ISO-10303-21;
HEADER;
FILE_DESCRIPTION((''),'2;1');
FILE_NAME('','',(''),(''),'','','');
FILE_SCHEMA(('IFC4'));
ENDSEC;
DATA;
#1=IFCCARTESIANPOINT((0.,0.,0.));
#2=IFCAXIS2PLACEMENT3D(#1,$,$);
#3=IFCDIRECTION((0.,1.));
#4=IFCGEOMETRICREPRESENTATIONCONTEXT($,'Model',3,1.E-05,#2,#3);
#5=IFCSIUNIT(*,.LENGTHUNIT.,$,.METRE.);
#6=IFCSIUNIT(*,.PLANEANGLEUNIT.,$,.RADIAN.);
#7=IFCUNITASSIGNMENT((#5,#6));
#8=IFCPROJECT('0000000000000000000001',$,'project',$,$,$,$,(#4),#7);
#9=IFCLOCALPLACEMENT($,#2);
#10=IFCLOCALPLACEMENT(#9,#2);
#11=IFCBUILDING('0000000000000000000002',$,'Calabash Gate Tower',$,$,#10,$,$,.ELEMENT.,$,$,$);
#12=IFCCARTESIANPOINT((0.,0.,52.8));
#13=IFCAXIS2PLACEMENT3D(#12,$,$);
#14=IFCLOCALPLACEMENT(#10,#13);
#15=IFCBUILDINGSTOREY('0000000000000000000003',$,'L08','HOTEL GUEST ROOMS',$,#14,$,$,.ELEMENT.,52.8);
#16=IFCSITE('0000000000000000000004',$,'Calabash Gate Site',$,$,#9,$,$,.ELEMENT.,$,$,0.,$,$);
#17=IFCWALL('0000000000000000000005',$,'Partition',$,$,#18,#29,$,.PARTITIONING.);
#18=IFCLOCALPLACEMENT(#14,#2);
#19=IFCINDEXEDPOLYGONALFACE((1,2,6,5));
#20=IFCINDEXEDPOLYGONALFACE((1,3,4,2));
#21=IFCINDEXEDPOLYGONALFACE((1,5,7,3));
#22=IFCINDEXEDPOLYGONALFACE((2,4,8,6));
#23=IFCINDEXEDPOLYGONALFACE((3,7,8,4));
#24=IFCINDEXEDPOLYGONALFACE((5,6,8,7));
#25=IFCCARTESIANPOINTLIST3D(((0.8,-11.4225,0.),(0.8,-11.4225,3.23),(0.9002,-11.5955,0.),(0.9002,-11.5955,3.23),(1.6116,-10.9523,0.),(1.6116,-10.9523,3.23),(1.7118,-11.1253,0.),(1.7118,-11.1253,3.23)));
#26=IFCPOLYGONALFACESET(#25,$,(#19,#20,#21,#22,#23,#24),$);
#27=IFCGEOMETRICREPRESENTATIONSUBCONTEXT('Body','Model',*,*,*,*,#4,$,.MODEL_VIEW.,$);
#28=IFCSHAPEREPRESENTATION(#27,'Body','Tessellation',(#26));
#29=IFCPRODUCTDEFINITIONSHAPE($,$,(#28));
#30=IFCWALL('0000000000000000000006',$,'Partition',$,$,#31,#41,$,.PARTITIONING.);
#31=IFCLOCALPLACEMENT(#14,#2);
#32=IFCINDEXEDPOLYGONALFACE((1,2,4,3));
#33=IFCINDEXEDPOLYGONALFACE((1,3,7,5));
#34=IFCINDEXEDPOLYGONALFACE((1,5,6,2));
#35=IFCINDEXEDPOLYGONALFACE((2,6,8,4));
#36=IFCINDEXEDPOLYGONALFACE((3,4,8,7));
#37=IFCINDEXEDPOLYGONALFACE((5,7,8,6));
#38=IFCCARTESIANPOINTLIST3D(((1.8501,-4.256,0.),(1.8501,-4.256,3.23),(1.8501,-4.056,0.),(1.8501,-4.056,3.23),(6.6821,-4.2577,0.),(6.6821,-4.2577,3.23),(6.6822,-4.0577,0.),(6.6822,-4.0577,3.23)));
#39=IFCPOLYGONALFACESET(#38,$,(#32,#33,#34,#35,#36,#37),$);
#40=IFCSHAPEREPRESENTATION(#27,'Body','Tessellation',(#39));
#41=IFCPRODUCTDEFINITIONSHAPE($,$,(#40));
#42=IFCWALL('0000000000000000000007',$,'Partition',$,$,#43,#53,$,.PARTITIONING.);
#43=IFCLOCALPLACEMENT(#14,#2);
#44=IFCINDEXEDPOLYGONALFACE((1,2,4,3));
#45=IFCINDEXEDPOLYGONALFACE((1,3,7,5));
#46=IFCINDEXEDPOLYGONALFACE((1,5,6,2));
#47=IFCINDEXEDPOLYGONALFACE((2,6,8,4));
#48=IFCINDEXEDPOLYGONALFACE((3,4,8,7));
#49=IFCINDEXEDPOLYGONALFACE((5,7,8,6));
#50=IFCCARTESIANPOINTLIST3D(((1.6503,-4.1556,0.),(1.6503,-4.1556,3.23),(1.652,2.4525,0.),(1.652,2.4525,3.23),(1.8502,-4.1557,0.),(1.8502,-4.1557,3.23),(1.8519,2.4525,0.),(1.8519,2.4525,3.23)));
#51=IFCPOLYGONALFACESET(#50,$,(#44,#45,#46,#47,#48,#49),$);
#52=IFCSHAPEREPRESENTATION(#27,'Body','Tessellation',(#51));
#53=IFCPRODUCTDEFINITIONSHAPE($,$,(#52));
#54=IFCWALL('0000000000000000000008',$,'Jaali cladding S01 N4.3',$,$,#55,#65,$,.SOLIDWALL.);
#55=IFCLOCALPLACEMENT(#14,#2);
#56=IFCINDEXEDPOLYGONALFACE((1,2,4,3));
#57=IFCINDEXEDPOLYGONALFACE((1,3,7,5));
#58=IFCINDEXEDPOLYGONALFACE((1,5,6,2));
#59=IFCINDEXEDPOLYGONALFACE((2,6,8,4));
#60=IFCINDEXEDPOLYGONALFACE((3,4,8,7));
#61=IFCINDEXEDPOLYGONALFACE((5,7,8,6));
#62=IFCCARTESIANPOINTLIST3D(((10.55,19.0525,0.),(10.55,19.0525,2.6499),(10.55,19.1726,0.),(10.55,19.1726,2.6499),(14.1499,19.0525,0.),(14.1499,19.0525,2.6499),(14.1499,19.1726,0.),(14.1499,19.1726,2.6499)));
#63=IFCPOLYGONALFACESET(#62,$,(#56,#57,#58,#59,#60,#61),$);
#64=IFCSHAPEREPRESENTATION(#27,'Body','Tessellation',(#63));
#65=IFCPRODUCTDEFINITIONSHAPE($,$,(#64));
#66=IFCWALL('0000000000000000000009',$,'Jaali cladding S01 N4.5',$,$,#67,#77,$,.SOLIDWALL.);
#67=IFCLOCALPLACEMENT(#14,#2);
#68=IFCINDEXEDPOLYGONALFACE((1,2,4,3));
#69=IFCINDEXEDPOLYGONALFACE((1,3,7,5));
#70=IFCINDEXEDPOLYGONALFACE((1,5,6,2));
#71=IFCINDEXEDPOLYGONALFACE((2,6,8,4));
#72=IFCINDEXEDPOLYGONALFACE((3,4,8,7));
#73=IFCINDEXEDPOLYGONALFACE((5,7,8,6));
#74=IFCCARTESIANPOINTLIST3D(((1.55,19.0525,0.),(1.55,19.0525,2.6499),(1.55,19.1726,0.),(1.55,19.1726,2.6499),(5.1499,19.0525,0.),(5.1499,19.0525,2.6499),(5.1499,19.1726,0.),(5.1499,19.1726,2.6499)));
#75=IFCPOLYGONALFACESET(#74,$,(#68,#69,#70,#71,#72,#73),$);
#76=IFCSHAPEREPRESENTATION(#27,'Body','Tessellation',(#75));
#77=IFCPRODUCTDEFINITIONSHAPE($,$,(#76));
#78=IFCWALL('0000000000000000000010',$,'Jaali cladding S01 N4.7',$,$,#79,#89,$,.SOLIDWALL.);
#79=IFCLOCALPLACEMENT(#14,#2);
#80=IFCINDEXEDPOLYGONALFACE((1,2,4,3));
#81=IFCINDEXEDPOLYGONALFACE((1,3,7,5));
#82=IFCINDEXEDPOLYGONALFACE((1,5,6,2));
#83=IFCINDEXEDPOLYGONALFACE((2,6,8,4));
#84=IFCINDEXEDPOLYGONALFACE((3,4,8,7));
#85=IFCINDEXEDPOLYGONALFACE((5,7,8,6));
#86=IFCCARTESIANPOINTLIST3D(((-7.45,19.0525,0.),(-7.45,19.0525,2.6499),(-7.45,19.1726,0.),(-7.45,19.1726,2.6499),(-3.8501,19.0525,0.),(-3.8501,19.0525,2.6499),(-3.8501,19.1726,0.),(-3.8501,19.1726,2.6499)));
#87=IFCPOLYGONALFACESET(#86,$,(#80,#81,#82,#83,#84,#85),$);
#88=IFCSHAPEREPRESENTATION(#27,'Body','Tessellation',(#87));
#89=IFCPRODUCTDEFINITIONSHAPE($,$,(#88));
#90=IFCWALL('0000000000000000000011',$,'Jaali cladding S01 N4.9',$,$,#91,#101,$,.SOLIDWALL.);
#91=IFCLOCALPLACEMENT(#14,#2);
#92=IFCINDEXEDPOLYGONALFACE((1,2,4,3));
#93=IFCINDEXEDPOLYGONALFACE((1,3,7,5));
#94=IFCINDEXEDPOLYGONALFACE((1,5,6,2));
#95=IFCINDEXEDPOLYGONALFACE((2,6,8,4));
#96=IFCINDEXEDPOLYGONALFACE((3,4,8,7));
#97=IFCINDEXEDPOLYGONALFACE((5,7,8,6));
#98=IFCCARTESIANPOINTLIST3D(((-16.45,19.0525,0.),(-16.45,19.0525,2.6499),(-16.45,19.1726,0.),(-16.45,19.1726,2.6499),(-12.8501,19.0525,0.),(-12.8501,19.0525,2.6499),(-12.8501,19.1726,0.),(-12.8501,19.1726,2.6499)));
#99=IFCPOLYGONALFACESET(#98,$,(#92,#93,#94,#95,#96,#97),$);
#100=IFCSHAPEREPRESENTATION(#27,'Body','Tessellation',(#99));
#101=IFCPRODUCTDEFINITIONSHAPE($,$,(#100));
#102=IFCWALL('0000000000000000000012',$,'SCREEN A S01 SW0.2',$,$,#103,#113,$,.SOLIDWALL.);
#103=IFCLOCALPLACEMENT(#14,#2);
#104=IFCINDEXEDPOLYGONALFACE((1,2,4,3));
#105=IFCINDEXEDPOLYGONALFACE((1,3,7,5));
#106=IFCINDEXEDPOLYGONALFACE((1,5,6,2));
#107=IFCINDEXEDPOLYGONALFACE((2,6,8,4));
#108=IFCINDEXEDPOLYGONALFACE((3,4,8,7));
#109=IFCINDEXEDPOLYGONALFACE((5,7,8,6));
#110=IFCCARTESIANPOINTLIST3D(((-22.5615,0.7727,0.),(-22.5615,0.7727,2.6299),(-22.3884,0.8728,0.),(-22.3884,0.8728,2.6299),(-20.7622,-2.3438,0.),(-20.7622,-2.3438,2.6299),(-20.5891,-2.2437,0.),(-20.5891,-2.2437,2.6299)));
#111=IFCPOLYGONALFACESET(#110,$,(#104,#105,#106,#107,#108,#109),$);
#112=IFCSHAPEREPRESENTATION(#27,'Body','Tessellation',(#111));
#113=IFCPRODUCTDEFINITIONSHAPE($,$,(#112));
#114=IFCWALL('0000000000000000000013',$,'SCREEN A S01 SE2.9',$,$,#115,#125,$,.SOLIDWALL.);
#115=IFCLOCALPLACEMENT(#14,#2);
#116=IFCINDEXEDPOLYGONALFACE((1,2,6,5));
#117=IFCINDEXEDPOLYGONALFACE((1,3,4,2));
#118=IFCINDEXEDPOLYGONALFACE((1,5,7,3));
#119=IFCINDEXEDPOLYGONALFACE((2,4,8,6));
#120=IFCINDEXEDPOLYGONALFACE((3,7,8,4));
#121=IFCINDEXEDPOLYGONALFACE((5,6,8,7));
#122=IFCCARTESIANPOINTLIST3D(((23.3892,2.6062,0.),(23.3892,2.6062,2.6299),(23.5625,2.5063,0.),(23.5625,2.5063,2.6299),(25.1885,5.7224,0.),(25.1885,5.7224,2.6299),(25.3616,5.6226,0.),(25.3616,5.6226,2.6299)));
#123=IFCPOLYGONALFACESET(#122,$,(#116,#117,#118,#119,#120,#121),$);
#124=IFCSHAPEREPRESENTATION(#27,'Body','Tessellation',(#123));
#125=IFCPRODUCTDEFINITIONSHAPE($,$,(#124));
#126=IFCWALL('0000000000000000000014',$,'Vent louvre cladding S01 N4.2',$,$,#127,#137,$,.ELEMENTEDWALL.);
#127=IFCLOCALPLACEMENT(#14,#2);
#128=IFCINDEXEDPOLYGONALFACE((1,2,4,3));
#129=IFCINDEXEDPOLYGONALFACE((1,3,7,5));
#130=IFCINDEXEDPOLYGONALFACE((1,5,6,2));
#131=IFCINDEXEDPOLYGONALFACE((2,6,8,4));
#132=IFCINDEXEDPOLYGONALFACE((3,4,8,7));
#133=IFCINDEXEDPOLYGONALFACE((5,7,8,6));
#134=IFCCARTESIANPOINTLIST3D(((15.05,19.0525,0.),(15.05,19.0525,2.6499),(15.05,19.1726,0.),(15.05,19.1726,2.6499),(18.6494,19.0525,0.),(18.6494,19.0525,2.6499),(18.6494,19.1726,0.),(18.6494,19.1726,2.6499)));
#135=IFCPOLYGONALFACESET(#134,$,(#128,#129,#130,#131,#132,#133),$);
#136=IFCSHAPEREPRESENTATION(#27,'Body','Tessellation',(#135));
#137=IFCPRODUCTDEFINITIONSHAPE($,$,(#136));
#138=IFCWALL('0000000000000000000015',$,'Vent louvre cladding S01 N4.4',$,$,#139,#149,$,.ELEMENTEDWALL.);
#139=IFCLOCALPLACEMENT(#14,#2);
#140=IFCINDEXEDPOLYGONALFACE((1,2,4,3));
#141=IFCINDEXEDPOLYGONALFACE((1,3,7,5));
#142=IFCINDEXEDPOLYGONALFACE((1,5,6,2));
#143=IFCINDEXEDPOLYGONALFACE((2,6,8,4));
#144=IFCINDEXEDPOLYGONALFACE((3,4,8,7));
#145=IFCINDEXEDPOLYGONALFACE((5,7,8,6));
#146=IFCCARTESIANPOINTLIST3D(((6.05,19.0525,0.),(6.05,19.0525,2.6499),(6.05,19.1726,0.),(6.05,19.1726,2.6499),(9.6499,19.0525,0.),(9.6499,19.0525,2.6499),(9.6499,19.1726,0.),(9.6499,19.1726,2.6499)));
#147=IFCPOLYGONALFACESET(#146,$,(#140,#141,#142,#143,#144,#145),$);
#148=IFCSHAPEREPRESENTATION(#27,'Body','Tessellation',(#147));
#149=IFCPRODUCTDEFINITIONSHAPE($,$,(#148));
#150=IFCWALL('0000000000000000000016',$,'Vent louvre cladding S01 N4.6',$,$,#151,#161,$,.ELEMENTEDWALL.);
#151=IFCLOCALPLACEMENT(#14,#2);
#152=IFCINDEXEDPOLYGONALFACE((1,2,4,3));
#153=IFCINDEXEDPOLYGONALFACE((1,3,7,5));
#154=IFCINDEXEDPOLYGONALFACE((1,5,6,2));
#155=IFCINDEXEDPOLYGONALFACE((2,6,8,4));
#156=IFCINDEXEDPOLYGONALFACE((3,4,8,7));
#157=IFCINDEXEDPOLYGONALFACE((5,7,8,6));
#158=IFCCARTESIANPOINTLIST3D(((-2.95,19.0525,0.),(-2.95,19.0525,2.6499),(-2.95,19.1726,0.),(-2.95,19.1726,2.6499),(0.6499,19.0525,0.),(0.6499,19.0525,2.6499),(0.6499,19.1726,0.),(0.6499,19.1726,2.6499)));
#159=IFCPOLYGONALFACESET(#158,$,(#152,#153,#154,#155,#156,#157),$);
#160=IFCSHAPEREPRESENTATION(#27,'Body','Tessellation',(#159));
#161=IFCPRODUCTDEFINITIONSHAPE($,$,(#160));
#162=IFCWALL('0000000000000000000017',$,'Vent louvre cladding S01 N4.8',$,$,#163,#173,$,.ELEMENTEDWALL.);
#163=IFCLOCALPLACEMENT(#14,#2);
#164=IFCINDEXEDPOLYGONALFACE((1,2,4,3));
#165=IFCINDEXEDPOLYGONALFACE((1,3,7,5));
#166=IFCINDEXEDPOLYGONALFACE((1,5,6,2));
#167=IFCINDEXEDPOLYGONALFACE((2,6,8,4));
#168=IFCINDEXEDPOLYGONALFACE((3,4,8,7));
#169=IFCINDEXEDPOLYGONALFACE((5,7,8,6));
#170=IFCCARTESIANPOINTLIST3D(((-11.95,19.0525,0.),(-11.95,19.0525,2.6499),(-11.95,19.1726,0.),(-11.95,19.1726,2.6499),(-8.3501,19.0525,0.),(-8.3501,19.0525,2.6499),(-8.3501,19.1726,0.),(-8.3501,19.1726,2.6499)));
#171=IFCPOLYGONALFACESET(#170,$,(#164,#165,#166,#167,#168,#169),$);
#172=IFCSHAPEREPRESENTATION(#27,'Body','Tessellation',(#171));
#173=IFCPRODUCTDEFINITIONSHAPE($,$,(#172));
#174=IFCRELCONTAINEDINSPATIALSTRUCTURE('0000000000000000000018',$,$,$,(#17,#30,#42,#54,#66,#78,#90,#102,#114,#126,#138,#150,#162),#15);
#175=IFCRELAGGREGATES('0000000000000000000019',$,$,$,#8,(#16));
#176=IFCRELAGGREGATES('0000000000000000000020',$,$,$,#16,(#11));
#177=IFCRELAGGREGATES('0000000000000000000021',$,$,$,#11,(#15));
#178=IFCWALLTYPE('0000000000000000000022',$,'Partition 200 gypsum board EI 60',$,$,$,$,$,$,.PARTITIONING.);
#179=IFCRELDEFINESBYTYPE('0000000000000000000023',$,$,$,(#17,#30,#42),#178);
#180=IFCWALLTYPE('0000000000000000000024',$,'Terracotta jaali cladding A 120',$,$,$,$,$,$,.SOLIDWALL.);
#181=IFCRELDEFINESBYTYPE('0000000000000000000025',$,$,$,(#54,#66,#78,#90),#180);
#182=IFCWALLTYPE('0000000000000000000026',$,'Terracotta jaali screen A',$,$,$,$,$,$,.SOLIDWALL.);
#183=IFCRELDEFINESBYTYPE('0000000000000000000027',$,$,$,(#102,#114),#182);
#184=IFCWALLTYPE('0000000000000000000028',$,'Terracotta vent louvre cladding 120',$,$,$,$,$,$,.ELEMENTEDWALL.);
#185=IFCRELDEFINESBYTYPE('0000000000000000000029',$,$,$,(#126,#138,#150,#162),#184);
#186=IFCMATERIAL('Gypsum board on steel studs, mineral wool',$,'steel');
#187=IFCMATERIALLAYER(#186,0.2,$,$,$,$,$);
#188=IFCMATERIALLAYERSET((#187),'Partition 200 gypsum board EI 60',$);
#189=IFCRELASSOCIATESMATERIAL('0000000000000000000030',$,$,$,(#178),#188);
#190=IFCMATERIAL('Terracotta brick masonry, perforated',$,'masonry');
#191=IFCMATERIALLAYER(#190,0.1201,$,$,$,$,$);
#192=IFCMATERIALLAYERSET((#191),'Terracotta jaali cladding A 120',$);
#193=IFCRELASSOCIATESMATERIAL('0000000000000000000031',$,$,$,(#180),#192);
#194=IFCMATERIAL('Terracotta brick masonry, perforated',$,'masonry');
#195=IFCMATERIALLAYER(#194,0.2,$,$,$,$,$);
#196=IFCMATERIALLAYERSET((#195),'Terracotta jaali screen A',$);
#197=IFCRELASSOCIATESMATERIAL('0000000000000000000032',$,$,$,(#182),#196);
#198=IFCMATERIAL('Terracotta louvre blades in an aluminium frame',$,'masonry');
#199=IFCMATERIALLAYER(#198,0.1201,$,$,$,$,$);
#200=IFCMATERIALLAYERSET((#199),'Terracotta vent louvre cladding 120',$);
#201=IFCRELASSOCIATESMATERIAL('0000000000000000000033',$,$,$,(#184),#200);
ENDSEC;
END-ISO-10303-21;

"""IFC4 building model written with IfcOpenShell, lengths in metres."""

from ifc_helpers import new_model, si_unit, direction, frame, frame_2d, origin, place, context, subcontext, project, spatial, polyline, rectangle, outline, extrude, material, layer, layer_set, type_object, element, save


model = new_model("IFC4")

# Units and contexts
model_context = context("Model", 3, precision=1e-05, world=origin(), true_north=direction((0.0, 1.0)))
body_context = subcontext(model_context, "Body", "Model", "MODEL_VIEW")
ifc_project = project(units=[si_unit("LENGTHUNIT", "METRE"), si_unit("PLANEANGLEUNIT", "RADIAN")], contexts=[model_context])

# Site, building, storey
site_placement = place(None, origin())
site = spatial("IfcSite", under=ifc_project, at=site_placement, Name="Calabash Gate Site", CompositionType="ELEMENT", RefElevation=0.0)
building_placement = place(site_placement, origin())
building = spatial("IfcBuilding", under=site, at=building_placement, Name="Calabash Gate Tower", CompositionType="ELEMENT")
storey_placement = place(building_placement, frame((0.0, 0.0, 52.8)))
storey = spatial("IfcBuildingStorey", under=building, at=storey_placement, Name="L08", Description="HOTEL GUEST ROOMS", CompositionType="ELEMENT", Elevation=52.8)

# Walls
ifc_material_1 = material(Name="Gypsum board on steel studs, mineral wool", Category="steel")
ifc_layer_1 = layer(ifc_material_1, 0.2)
ifc_layer_set_1 = layer_set([ifc_layer_1], Name="Partition 200 gypsum board EI 60")
wall_type_1 = type_object("IfcWallType", Name="Partition 200 gypsum board EI 60", PredefinedType="PARTITIONING", material=ifc_layer_set_1)
wall_1_placement = place(storey_placement, frame((0.8501, -11.509, 0.0), z_axis=(0.0, 0.0, 1.0), x_axis=(0.865248, 0.501344, 0.0)))
element("IfcWall", 1, at=wall_1_placement, inside=storey, type_object=wall_type_1, Name="Partition", PredefinedType="PARTITIONING", context=body_context, shape_type="SweptSolid", body=[
    extrude(rectangle(XDim=0.938, YDim=0.2, at=frame_2d((0.469, 0.0))), origin(), (0.0, 0.0, 1.0), 3.23),
])
wall_2_placement = place(storey_placement, frame((1.8501, -4.156, 0.0), z_axis=(0.0, 0.0, 1.0), x_axis=(1.0, -0.000354, 0.0)))
element("IfcWall", 2, at=wall_2_placement, inside=storey, type_object=wall_type_1, Name="Partition", PredefinedType="PARTITIONING", context=body_context, shape_type="SweptSolid", body=[
    extrude(rectangle(XDim=4.832, YDim=0.2, at=frame_2d((2.416, 0.0))), origin(), (0.0, 0.0, 1.0), 3.23),
])
wall_3_placement = place(storey_placement, frame((1.7502, -4.1558, 0.0), z_axis=(0.0, 0.0, 1.0), x_axis=(0.000259, 1.0, 0.0)))
element("IfcWall", 3, at=wall_3_placement, inside=storey, type_object=wall_type_1, Name="Partition", PredefinedType="PARTITIONING", context=body_context, shape_type="SweptSolid", body=[
    extrude(rectangle(XDim=6.6082, YDim=0.2, at=frame_2d((3.3042, 0.0))), origin(), (0.0, 0.0, 1.0), 3.23),
])
ifc_material_2 = material(Name="Terracotta brick masonry, perforated", Category="masonry")
ifc_layer_2 = layer(ifc_material_2, 0.1201)
ifc_layer_set_2 = layer_set([ifc_layer_2], Name="Terracotta jaali cladding A 120")
wall_type_2 = type_object("IfcWallType", Name="Terracotta jaali cladding A 120", PredefinedType="SOLIDWALL", material=ifc_layer_set_2)
wall_4_placement = place(storey_placement, origin())
element("IfcWall", 4, at=wall_4_placement, inside=storey, type_object=wall_type_2, Name="Jaali cladding S01 N4.3", PredefinedType="SOLIDWALL", context=body_context, shape_type="SweptSolid", body=[
    extrude(outline(polyline([(10.55, 19.1726), (10.55, 19.0525), (14.1499, 19.0525), (14.1499, 19.1726), (10.55, 19.1726)])), origin(), (0.0, 0.0, 1.0), 2.6499),
])
wall_5_placement = place(storey_placement, origin())
element("IfcWall", 5, at=wall_5_placement, inside=storey, type_object=wall_type_2, Name="Jaali cladding S01 N4.5", PredefinedType="SOLIDWALL", context=body_context, shape_type="SweptSolid", body=[
    extrude(outline(polyline([(1.55, 19.1726), (1.55, 19.0525), (5.1499, 19.0525), (5.1499, 19.1726), (1.55, 19.1726)])), origin(), (0.0, 0.0, 1.0), 2.6499),
])
wall_6_placement = place(storey_placement, origin())
element("IfcWall", 6, at=wall_6_placement, inside=storey, type_object=wall_type_2, Name="Jaali cladding S01 N4.7", PredefinedType="SOLIDWALL", context=body_context, shape_type="SweptSolid", body=[
    extrude(outline(polyline([(-7.45, 19.1726), (-7.45, 19.0525), (-3.8501, 19.0525), (-3.8501, 19.1726), (-7.45, 19.1726)])), origin(), (0.0, 0.0, 1.0), 2.6499),
])
wall_7_placement = place(storey_placement, origin())
element("IfcWall", 7, at=wall_7_placement, inside=storey, type_object=wall_type_2, Name="Jaali cladding S01 N4.9", PredefinedType="SOLIDWALL", context=body_context, shape_type="SweptSolid", body=[
    extrude(outline(polyline([(-16.45, 19.1726), (-16.45, 19.0525), (-12.8501, 19.0525), (-12.8501, 19.1726), (-16.45, 19.1726)])), origin(), (0.0, 0.0, 1.0), 2.6499),
])
ifc_material_3 = material(Name="Terracotta brick masonry, perforated", Category="masonry")
ifc_layer_3 = layer(ifc_material_3, 0.2)
ifc_layer_set_3 = layer_set([ifc_layer_3], Name="Terracotta jaali screen A")
wall_type_3 = type_object("IfcWallType", Name="Terracotta jaali screen A", PredefinedType="SOLIDWALL", material=ifc_layer_set_3)
wall_8_placement = place(storey_placement, origin())
element("IfcWall", 8, at=wall_8_placement, inside=storey, type_object=wall_type_3, Name="SCREEN A S01 SW0.2", PredefinedType="SOLIDWALL", context=body_context, shape_type="SweptSolid", body=[
    extrude(outline(polyline([(-22.5615, 0.7727), (-20.7622, -2.3438), (-20.5891, -2.2437), (-22.3884, 0.8728), (-22.5615, 0.7727)])), origin(), (0.0, 0.0, 1.0), 2.6299),
])
wall_9_placement = place(storey_placement, origin())
element("IfcWall", 9, at=wall_9_placement, inside=storey, type_object=wall_type_3, Name="SCREEN A S01 SE2.9", PredefinedType="SOLIDWALL", context=body_context, shape_type="SweptSolid", body=[
    extrude(outline(polyline([(25.1885, 5.7224), (23.3892, 2.6062), (23.5625, 2.5063), (25.3616, 5.6226), (25.1885, 5.7224)])), origin(), (0.0, 0.0, 1.0), 2.6299),
])
ifc_material_4 = material(Name="Terracotta louvre blades in an aluminium frame", Category="masonry")
ifc_layer_4 = layer(ifc_material_4, 0.1201)
ifc_layer_set_4 = layer_set([ifc_layer_4], Name="Terracotta vent louvre cladding 120")
wall_type_4 = type_object("IfcWallType", Name="Terracotta vent louvre cladding 120", PredefinedType="ELEMENTEDWALL", material=ifc_layer_set_4)
wall_10_placement = place(storey_placement, origin())
element("IfcWall", 10, at=wall_10_placement, inside=storey, type_object=wall_type_4, Name="Vent louvre cladding S01 N4.2", PredefinedType="ELEMENTEDWALL", context=body_context, shape_type="SweptSolid", body=[
    extrude(outline(polyline([(15.05, 19.1726), (15.05, 19.0525), (18.6494, 19.0525), (18.6494, 19.1726), (15.05, 19.1726)])), origin(), (0.0, 0.0, 1.0), 2.6499),
])
wall_11_placement = place(storey_placement, origin())
element("IfcWall", 11, at=wall_11_placement, inside=storey, type_object=wall_type_4, Name="Vent louvre cladding S01 N4.4", PredefinedType="ELEMENTEDWALL", context=body_context, shape_type="SweptSolid", body=[
    extrude(outline(polyline([(6.05, 19.1726), (6.05, 19.0525), (9.6499, 19.0525), (9.6499, 19.1726), (6.05, 19.1726)])), origin(), (0.0, 0.0, 1.0), 2.6499),
])
wall_12_placement = place(storey_placement, origin())
element("IfcWall", 12, at=wall_12_placement, inside=storey, type_object=wall_type_4, Name="Vent louvre cladding S01 N4.6", PredefinedType="ELEMENTEDWALL", context=body_context, shape_type="SweptSolid", body=[
    extrude(outline(polyline([(-2.95, 19.1726), (-2.95, 19.0525), (0.6499, 19.0525), (0.6499, 19.1726), (-2.95, 19.1726)])), origin(), (0.0, 0.0, 1.0), 2.6499),
])
wall_13_placement = place(storey_placement, origin())
element("IfcWall", 13, at=wall_13_placement, inside=storey, type_object=wall_type_4, Name="Vent louvre cladding S01 N4.8", PredefinedType="ELEMENTEDWALL", context=body_context, shape_type="SweptSolid", body=[
    extrude(outline(polyline([(-11.95, 19.1726), (-11.95, 19.0525), (-8.3501, 19.0525), (-8.3501, 19.1726), (-11.95, 19.1726)])), origin(), (0.0, 0.0, 1.0), 2.6499),
])

save(model, "model.ifc")
